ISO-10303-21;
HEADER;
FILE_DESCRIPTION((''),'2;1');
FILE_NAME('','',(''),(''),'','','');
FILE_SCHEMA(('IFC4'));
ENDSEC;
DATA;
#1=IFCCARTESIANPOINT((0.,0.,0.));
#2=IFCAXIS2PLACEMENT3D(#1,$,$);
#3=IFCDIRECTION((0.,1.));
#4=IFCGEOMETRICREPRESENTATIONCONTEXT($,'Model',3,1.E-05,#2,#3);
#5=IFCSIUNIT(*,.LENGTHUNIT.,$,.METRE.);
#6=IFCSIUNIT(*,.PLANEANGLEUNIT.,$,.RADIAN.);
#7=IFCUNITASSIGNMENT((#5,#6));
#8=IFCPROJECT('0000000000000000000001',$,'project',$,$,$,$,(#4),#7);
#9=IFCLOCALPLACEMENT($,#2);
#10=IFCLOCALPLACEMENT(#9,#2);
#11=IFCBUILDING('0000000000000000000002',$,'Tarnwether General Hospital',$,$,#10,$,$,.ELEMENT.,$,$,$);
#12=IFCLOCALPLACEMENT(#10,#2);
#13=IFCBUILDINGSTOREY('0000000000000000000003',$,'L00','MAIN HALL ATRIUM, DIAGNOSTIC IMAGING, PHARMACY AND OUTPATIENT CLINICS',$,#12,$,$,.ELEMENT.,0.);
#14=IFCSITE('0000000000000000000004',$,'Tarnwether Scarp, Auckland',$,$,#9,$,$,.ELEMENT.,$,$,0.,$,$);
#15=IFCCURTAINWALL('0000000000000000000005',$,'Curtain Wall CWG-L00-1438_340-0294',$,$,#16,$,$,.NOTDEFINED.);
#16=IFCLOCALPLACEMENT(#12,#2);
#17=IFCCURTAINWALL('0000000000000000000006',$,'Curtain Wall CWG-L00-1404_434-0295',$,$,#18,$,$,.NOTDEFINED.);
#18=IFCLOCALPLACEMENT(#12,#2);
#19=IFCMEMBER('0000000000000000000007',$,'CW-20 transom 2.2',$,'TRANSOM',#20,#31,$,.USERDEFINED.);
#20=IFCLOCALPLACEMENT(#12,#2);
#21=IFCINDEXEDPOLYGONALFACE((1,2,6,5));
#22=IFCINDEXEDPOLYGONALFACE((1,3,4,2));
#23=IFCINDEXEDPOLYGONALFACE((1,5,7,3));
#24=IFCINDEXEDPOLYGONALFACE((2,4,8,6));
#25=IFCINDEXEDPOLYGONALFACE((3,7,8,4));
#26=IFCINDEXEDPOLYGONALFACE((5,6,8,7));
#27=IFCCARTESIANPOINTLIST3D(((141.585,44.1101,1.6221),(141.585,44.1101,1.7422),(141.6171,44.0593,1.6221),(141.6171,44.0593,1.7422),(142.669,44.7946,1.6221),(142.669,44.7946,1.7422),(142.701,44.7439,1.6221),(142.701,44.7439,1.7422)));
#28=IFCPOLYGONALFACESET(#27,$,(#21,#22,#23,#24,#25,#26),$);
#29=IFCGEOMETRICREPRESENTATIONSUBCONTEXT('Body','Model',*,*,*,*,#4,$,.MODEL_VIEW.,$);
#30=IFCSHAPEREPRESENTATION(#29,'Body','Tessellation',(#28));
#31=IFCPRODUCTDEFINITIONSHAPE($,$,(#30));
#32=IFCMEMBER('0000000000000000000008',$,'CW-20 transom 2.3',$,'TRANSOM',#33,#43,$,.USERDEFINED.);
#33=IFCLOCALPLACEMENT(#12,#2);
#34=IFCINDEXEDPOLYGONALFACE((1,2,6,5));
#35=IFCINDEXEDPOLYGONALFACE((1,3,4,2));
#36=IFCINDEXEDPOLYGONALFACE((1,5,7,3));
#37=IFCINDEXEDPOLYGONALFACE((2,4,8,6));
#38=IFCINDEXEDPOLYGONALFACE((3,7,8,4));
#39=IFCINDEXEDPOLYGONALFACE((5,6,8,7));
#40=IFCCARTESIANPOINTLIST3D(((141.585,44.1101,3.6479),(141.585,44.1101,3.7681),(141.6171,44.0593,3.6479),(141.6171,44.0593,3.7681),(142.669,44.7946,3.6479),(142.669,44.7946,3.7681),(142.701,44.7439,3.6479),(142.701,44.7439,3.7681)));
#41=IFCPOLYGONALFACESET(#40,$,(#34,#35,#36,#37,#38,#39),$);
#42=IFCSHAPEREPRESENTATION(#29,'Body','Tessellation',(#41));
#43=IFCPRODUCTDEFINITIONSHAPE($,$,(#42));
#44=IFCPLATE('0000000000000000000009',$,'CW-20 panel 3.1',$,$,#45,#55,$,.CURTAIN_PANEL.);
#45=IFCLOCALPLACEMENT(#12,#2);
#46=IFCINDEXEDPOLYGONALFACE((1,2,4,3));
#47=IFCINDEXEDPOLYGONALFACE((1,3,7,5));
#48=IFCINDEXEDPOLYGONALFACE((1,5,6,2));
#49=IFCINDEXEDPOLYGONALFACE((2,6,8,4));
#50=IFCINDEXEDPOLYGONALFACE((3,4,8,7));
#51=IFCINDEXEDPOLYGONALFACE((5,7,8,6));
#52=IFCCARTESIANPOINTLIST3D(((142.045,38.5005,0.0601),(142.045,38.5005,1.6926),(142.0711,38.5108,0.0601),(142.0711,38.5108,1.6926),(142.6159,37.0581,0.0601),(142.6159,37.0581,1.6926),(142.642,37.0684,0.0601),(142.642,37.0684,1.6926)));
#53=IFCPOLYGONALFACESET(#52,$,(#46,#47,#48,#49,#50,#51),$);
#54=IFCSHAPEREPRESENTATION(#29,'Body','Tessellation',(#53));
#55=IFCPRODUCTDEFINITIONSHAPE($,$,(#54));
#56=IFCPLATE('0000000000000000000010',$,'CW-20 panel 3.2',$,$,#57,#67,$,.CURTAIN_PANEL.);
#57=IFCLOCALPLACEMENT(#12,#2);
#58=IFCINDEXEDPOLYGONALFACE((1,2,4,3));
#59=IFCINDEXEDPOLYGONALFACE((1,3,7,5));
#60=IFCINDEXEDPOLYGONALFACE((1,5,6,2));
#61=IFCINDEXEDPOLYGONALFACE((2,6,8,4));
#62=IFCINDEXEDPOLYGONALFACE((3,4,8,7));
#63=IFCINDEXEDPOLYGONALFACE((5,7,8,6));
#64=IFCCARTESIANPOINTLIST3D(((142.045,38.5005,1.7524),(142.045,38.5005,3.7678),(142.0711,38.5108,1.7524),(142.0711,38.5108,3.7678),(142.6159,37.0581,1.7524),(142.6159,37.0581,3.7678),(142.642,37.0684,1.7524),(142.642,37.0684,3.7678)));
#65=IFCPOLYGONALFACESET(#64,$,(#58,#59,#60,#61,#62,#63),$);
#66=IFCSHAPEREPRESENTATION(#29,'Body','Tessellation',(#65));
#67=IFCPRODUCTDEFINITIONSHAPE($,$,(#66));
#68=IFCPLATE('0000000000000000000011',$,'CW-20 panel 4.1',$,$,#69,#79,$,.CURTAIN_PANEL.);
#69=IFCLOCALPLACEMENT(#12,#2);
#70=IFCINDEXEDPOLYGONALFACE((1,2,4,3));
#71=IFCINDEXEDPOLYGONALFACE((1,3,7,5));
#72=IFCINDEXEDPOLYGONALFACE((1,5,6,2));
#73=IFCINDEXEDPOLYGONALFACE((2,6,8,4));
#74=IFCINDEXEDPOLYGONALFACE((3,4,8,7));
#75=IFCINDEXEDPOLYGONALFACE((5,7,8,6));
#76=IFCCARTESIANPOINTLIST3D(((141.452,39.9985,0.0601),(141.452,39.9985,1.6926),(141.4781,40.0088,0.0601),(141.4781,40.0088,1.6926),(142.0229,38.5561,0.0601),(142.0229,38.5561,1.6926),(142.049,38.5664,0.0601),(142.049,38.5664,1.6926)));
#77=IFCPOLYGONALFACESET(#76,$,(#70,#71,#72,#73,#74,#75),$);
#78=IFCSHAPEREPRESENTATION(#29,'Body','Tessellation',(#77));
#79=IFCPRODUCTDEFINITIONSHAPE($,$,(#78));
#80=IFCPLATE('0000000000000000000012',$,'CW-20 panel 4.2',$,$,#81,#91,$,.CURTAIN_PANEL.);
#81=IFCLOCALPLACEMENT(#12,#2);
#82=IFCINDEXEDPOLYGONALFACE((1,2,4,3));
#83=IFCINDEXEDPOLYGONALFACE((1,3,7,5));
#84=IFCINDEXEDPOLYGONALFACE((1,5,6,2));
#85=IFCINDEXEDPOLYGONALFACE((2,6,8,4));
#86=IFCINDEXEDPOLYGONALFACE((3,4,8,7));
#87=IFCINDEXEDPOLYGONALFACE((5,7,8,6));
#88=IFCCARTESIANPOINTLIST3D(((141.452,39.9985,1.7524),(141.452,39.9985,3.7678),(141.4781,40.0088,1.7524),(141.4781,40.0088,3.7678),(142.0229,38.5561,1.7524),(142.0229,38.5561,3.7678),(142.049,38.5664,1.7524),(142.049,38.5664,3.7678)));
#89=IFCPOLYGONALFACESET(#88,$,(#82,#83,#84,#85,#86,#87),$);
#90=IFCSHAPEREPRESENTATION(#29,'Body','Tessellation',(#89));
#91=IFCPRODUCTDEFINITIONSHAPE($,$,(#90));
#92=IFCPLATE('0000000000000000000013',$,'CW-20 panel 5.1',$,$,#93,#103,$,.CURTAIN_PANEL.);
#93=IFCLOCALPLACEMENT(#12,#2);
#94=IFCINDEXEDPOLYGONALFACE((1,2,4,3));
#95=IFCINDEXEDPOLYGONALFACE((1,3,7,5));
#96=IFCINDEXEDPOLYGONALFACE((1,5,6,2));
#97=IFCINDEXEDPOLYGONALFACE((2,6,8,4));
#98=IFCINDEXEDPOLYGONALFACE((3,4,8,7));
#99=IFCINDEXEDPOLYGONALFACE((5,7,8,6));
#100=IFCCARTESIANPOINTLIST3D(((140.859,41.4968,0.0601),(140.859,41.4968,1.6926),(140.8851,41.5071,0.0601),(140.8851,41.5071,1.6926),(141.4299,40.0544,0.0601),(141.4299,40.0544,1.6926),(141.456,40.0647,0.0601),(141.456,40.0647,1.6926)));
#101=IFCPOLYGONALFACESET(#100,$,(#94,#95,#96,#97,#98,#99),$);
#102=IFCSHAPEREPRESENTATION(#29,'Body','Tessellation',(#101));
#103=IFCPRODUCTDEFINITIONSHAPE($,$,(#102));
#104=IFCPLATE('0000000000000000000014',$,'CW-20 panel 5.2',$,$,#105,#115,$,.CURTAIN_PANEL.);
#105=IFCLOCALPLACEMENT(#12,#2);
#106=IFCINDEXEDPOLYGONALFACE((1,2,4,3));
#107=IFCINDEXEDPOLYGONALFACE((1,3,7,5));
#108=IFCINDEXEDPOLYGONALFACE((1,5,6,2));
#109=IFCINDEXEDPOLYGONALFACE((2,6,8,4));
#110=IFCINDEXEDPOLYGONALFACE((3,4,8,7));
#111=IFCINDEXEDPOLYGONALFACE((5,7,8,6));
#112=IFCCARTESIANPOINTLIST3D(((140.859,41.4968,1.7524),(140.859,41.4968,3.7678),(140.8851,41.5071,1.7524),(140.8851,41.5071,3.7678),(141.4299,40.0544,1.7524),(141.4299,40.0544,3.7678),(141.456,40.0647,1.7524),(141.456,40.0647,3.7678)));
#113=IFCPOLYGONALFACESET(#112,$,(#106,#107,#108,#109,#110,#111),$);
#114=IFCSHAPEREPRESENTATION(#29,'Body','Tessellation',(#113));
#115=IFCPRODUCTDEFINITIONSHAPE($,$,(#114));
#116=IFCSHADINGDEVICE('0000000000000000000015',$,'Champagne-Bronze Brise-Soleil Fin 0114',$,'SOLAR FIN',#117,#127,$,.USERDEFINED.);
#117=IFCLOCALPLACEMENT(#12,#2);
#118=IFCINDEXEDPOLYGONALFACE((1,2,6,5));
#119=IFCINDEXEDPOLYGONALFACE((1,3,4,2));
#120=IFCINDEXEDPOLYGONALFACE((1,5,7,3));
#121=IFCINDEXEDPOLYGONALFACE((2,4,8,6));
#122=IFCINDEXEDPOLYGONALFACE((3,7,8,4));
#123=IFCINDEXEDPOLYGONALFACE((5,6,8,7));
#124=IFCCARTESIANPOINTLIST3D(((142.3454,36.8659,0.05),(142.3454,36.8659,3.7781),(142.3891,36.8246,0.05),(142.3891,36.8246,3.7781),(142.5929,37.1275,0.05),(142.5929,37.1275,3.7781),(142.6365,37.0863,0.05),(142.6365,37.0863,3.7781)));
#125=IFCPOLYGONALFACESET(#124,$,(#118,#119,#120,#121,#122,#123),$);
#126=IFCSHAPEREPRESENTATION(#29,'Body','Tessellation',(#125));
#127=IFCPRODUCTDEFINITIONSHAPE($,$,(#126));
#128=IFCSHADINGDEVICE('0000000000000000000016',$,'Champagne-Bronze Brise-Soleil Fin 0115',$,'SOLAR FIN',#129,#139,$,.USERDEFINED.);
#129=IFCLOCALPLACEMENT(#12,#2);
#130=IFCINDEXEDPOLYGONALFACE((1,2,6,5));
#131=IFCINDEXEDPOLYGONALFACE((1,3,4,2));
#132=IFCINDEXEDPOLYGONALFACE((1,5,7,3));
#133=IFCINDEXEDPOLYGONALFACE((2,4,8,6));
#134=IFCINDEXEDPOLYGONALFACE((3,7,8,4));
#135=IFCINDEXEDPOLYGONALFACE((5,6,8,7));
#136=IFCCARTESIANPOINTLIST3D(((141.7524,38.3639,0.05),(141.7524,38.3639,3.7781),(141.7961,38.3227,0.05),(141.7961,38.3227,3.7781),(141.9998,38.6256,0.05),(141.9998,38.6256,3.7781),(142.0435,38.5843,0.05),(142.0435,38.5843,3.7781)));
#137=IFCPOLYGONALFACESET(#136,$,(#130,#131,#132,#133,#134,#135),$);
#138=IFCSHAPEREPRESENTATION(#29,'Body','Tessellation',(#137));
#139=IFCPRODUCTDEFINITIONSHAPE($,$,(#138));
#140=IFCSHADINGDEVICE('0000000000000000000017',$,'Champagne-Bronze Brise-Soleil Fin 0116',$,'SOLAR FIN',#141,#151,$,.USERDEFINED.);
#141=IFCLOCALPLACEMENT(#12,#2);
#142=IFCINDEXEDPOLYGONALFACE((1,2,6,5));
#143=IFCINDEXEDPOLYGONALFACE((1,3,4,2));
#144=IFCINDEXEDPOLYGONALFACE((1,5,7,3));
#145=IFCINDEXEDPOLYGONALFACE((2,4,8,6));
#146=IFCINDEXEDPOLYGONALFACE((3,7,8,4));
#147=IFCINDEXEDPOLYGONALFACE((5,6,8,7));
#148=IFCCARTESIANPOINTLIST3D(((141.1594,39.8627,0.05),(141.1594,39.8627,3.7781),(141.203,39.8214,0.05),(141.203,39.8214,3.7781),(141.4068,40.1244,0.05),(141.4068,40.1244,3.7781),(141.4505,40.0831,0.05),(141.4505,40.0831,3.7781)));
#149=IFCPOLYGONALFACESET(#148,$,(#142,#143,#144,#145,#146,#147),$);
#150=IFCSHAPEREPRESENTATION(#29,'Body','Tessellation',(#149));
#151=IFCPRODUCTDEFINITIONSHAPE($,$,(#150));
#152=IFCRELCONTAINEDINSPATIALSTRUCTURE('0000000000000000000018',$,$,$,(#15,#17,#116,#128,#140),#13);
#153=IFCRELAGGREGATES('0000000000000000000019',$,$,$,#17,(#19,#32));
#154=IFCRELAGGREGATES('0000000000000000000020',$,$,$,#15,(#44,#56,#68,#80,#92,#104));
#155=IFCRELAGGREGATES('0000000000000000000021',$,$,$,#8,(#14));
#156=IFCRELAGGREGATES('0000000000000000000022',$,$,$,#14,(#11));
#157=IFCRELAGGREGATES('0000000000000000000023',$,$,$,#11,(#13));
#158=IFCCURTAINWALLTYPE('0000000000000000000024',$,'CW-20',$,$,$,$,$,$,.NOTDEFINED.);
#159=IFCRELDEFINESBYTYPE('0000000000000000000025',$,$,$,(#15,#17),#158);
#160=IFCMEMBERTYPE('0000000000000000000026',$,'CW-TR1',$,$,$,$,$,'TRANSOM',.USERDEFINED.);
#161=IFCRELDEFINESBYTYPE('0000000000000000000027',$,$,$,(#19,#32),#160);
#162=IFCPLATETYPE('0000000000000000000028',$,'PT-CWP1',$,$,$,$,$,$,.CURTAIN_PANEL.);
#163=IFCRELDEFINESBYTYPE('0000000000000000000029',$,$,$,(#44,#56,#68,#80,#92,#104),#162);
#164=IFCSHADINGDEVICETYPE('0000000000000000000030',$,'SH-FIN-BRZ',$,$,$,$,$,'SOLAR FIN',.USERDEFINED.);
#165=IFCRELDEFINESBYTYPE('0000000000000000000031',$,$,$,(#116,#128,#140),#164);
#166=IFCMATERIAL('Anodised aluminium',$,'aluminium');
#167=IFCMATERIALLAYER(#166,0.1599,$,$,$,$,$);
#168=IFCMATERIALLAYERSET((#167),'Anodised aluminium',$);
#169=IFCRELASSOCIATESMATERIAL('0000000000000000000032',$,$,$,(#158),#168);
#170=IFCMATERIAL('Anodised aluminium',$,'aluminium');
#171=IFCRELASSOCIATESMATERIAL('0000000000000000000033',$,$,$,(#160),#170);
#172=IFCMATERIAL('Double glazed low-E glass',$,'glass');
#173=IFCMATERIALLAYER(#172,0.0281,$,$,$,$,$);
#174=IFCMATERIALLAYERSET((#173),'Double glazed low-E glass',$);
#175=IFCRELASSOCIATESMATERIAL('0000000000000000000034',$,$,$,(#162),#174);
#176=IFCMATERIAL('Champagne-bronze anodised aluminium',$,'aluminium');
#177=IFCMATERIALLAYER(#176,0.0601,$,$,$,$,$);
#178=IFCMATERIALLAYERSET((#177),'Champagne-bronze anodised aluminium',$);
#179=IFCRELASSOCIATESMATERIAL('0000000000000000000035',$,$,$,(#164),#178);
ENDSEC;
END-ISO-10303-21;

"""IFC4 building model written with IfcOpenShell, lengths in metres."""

from ifc_helpers import new_model, si_unit, direction, frame, origin, origin_2d, place, context, subcontext, project, spatial, rectangle, extrude, material, layer, layer_set, material_profile, profile_set, type_object, element, aggregate, save


model = new_model("IFC4")

# Units and contexts
model_context = context("Model", 3, precision=1e-05, world=origin(), true_north=direction((0.0, 1.0)))
body_context = subcontext(model_context, "Body", "Model", "MODEL_VIEW")
ifc_project = project(units=[si_unit("LENGTHUNIT", "METRE"), si_unit("PLANEANGLEUNIT", "RADIAN")], contexts=[model_context])

# Site, building, storey
site_placement = place(None, origin())
site = spatial("IfcSite", under=ifc_project, at=site_placement, Name="Tarnwether Scarp, Auckland", CompositionType="ELEMENT", RefElevation=0.0)
building_placement = place(site_placement, origin())
building = spatial("IfcBuilding", under=site, at=building_placement, Name="Tarnwether General Hospital", CompositionType="ELEMENT")
storey_placement = place(building_placement, origin())
storey = spatial("IfcBuildingStorey", under=building, at=storey_placement, Name="L00", Description="MAIN HALL ATRIUM, DIAGNOSTIC IMAGING, PHARMACY AND OUTPATIENT CLINICS", CompositionType="ELEMENT", Elevation=0.0)

# Curtain wall
ifc_material_1 = material(Name="Anodised aluminium", Category="aluminium")
ifc_layer_1 = layer(ifc_material_1, 0.1599)
ifc_layer_set_1 = layer_set([ifc_layer_1], Name="Anodised aluminium")
curtain_wall_type = type_object("IfcCurtainWallType", Name="CW-20", PredefinedType="NOTDEFINED", material=ifc_layer_set_1)
curtain_wall_1_placement = place(storey_placement, origin())
curtain_wall_1 = element("IfcCurtainWall", 1, at=curtain_wall_1_placement, inside=storey, type_object=curtain_wall_type, Name="Curtain Wall CWG-L00-1438_340-0294", PredefinedType="NOTDEFINED")

# Curtain wall
curtain_wall_2_placement = place(storey_placement, origin())
curtain_wall_2 = element("IfcCurtainWall", 2, at=curtain_wall_2_placement, inside=storey, type_object=curtain_wall_type, Name="Curtain Wall CWG-L00-1404_434-0295", PredefinedType="NOTDEFINED")

# Members
ifc_material_2 = material(Name="Anodised aluminium", Category="aluminium")
ifc_material_profile_1 = material_profile(ifc_material_2, rectangle(XDim=0.0601, YDim=0.1201, at=origin_2d()), Name="ALU-TRN-60x120")
ifc_profile_set_1 = profile_set([ifc_material_profile_1], Name="Anodised aluminium")
member_type_1 = type_object("IfcMemberType", Name="CW-TR1", ElementType="TRANSOM", PredefinedType="USERDEFINED", material=ifc_profile_set_1)
member_1_placement = place(storey_placement, frame((141.6011, 44.0847, 1.6821), z_axis=(0.845507, 0.533964, 0.0), x_axis=(-0.533964, 0.845507, 0.0)))
member_1 = element("IfcMember", 3, at=member_1_placement, type_object=member_type_1, Name="CW-20 transom 2.2", ObjectType="TRANSOM", PredefinedType="USERDEFINED", context=body_context, shape_type="SweptSolid", body=[
    extrude(rectangle(XDim=0.0601, YDim=0.1201, at=origin_2d()), origin(), (0.0, 0.0, 1.0), 1.282),
])
member_2_placement = place(storey_placement, frame((141.6011, 44.0847, 3.708), z_axis=(0.845507, 0.533964, 0.0), x_axis=(-0.533964, 0.845507, 0.0)))
member_2 = element("IfcMember", 4, at=member_2_placement, type_object=member_type_1, Name="CW-20 transom 2.3", ObjectType="TRANSOM", PredefinedType="USERDEFINED", context=body_context, shape_type="SweptSolid", body=[
    extrude(rectangle(XDim=0.0601, YDim=0.1201, at=origin_2d()), origin(), (0.0, 0.0, 1.0), 1.282),
])
aggregate(curtain_wall_2, [member_1, member_2])

# Plates
ifc_material_3 = material(Name="Double glazed low-E glass", Category="glass")
ifc_layer_2 = layer(ifc_material_3, 0.0281)
ifc_layer_set_2 = layer_set([ifc_layer_2], Name="Double glazed low-E glass")
plate_type = type_object("IfcPlateType", Name="PT-CWP1", PredefinedType="CURTAIN_PANEL", material=ifc_layer_set_2)
plate_1_placement = place(storey_placement, frame((142.3435, 37.7844, 0.0601), z_axis=(0.0, 0.0, 1.0), x_axis=(-0.368035, 0.929812, 0.0)))
plate_1 = element("IfcPlate", 5, at=plate_1_placement, type_object=plate_type, Name="CW-20 panel 3.1", PredefinedType="CURTAIN_PANEL", context=body_context, shape_type="SweptSolid", body=[
    extrude(rectangle(XDim=1.5513, YDim=0.0281, at=origin_2d()), origin(), (0.0, 0.0, 1.0), 1.6326),
])
plate_2_placement = place(storey_placement, frame((142.3435, 37.7844, 1.7524), z_axis=(0.0, 0.0, 1.0), x_axis=(-0.368035, 0.929812, 0.0)))
plate_2 = element("IfcPlate", 6, at=plate_2_placement, type_object=plate_type, Name="CW-20 panel 3.2", PredefinedType="CURTAIN_PANEL", context=body_context, shape_type="SweptSolid", body=[
    extrude(rectangle(XDim=1.5513, YDim=0.0281, at=origin_2d()), origin(), (0.0, 0.0, 1.0), 2.0154),
])
plate_3_placement = place(storey_placement, frame((141.7505, 39.2825, 0.0601), z_axis=(0.0, 0.0, 1.0), x_axis=(-0.368035, 0.929812, 0.0)))
plate_3 = element("IfcPlate", 7, at=plate_3_placement, type_object=plate_type, Name="CW-20 panel 4.1", PredefinedType="CURTAIN_PANEL", context=body_context, shape_type="SweptSolid", body=[
    extrude(rectangle(XDim=1.5513, YDim=0.0281, at=origin_2d()), origin(), (0.0, 0.0, 1.0), 1.6326),
])
plate_4_placement = place(storey_placement, frame((141.7505, 39.2825, 1.7524), z_axis=(0.0, 0.0, 1.0), x_axis=(-0.368035, 0.929812, 0.0)))
plate_4 = element("IfcPlate", 8, at=plate_4_placement, type_object=plate_type, Name="CW-20 panel 4.2", PredefinedType="CURTAIN_PANEL", context=body_context, shape_type="SweptSolid", body=[
    extrude(rectangle(XDim=1.5513, YDim=0.0281, at=origin_2d()), origin(), (0.0, 0.0, 1.0), 2.0154),
])
plate_5_placement = place(storey_placement, frame((141.1575, 40.7808, 0.0601), z_axis=(0.0, 0.0, 1.0), x_axis=(-0.368035, 0.929812, 0.0)))
plate_5 = element("IfcPlate", 9, at=plate_5_placement, type_object=plate_type, Name="CW-20 panel 5.1", PredefinedType="CURTAIN_PANEL", context=body_context, shape_type="SweptSolid", body=[
    extrude(rectangle(XDim=1.5513, YDim=0.0281, at=origin_2d()), origin(), (0.0, 0.0, 1.0), 1.6326),
])
plate_6_placement = place(storey_placement, frame((141.1575, 40.7808, 1.7524), z_axis=(0.0, 0.0, 1.0), x_axis=(-0.368035, 0.929812, 0.0)))
plate_6 = element("IfcPlate", 10, at=plate_6_placement, type_object=plate_type, Name="CW-20 panel 5.2", PredefinedType="CURTAIN_PANEL", context=body_context, shape_type="SweptSolid", body=[
    extrude(rectangle(XDim=1.5513, YDim=0.0281, at=origin_2d()), origin(), (0.0, 0.0, 1.0), 2.0154),
])
aggregate(curtain_wall_1, [plate_1, plate_2, plate_3, plate_4, plate_5, plate_6])

# Shading devices
ifc_material_4 = material(Name="Champagne-bronze anodised aluminium", Category="aluminium")
ifc_layer_3 = layer(ifc_material_4, 0.0601)
ifc_layer_set_3 = layer_set([ifc_layer_3], Name="Champagne-bronze anodised aluminium")
shading_device_type = type_object("IfcShadingDeviceType", Name="SH-FIN-BRZ", ElementType="SOLAR FIN", PredefinedType="USERDEFINED", material=ifc_layer_set_3)
for number, where, z_axis, x_axis, name in (
    (11, (142.491, 36.9761, 0.05), (0.0, 0.0, 1.0), (-0.726575, 0.687088, 0.0), "Champagne-Bronze Brise-Soleil Fin 0114"),
    (12, (141.8979, 38.4741, 0.05), (0.0, 0.0, 1.0), (-0.726575, 0.687088, 0.0), "Champagne-Bronze Brise-Soleil Fin 0115"),
    (13, (141.3049, 39.9729, 0.05), (0.0, 0.0, 1.0), (-0.726575, 0.687088, 0.0), "Champagne-Bronze Brise-Soleil Fin 0116"),
):
    element("IfcShadingDevice", number, at=place(storey_placement, frame(where, z_axis=z_axis, x_axis=x_axis)), inside=storey, type_object=shading_device_type, Name=name, ObjectType="SOLAR FIN", PredefinedType="USERDEFINED", context=body_context, shape_type="SweptSolid", body=[
        extrude(rectangle(XDim=0.0601, YDim=0.3601, at=origin_2d()), origin(), (0.0, 0.0, 1.0), 3.728),
    ])

save(model, "model.ifc")
